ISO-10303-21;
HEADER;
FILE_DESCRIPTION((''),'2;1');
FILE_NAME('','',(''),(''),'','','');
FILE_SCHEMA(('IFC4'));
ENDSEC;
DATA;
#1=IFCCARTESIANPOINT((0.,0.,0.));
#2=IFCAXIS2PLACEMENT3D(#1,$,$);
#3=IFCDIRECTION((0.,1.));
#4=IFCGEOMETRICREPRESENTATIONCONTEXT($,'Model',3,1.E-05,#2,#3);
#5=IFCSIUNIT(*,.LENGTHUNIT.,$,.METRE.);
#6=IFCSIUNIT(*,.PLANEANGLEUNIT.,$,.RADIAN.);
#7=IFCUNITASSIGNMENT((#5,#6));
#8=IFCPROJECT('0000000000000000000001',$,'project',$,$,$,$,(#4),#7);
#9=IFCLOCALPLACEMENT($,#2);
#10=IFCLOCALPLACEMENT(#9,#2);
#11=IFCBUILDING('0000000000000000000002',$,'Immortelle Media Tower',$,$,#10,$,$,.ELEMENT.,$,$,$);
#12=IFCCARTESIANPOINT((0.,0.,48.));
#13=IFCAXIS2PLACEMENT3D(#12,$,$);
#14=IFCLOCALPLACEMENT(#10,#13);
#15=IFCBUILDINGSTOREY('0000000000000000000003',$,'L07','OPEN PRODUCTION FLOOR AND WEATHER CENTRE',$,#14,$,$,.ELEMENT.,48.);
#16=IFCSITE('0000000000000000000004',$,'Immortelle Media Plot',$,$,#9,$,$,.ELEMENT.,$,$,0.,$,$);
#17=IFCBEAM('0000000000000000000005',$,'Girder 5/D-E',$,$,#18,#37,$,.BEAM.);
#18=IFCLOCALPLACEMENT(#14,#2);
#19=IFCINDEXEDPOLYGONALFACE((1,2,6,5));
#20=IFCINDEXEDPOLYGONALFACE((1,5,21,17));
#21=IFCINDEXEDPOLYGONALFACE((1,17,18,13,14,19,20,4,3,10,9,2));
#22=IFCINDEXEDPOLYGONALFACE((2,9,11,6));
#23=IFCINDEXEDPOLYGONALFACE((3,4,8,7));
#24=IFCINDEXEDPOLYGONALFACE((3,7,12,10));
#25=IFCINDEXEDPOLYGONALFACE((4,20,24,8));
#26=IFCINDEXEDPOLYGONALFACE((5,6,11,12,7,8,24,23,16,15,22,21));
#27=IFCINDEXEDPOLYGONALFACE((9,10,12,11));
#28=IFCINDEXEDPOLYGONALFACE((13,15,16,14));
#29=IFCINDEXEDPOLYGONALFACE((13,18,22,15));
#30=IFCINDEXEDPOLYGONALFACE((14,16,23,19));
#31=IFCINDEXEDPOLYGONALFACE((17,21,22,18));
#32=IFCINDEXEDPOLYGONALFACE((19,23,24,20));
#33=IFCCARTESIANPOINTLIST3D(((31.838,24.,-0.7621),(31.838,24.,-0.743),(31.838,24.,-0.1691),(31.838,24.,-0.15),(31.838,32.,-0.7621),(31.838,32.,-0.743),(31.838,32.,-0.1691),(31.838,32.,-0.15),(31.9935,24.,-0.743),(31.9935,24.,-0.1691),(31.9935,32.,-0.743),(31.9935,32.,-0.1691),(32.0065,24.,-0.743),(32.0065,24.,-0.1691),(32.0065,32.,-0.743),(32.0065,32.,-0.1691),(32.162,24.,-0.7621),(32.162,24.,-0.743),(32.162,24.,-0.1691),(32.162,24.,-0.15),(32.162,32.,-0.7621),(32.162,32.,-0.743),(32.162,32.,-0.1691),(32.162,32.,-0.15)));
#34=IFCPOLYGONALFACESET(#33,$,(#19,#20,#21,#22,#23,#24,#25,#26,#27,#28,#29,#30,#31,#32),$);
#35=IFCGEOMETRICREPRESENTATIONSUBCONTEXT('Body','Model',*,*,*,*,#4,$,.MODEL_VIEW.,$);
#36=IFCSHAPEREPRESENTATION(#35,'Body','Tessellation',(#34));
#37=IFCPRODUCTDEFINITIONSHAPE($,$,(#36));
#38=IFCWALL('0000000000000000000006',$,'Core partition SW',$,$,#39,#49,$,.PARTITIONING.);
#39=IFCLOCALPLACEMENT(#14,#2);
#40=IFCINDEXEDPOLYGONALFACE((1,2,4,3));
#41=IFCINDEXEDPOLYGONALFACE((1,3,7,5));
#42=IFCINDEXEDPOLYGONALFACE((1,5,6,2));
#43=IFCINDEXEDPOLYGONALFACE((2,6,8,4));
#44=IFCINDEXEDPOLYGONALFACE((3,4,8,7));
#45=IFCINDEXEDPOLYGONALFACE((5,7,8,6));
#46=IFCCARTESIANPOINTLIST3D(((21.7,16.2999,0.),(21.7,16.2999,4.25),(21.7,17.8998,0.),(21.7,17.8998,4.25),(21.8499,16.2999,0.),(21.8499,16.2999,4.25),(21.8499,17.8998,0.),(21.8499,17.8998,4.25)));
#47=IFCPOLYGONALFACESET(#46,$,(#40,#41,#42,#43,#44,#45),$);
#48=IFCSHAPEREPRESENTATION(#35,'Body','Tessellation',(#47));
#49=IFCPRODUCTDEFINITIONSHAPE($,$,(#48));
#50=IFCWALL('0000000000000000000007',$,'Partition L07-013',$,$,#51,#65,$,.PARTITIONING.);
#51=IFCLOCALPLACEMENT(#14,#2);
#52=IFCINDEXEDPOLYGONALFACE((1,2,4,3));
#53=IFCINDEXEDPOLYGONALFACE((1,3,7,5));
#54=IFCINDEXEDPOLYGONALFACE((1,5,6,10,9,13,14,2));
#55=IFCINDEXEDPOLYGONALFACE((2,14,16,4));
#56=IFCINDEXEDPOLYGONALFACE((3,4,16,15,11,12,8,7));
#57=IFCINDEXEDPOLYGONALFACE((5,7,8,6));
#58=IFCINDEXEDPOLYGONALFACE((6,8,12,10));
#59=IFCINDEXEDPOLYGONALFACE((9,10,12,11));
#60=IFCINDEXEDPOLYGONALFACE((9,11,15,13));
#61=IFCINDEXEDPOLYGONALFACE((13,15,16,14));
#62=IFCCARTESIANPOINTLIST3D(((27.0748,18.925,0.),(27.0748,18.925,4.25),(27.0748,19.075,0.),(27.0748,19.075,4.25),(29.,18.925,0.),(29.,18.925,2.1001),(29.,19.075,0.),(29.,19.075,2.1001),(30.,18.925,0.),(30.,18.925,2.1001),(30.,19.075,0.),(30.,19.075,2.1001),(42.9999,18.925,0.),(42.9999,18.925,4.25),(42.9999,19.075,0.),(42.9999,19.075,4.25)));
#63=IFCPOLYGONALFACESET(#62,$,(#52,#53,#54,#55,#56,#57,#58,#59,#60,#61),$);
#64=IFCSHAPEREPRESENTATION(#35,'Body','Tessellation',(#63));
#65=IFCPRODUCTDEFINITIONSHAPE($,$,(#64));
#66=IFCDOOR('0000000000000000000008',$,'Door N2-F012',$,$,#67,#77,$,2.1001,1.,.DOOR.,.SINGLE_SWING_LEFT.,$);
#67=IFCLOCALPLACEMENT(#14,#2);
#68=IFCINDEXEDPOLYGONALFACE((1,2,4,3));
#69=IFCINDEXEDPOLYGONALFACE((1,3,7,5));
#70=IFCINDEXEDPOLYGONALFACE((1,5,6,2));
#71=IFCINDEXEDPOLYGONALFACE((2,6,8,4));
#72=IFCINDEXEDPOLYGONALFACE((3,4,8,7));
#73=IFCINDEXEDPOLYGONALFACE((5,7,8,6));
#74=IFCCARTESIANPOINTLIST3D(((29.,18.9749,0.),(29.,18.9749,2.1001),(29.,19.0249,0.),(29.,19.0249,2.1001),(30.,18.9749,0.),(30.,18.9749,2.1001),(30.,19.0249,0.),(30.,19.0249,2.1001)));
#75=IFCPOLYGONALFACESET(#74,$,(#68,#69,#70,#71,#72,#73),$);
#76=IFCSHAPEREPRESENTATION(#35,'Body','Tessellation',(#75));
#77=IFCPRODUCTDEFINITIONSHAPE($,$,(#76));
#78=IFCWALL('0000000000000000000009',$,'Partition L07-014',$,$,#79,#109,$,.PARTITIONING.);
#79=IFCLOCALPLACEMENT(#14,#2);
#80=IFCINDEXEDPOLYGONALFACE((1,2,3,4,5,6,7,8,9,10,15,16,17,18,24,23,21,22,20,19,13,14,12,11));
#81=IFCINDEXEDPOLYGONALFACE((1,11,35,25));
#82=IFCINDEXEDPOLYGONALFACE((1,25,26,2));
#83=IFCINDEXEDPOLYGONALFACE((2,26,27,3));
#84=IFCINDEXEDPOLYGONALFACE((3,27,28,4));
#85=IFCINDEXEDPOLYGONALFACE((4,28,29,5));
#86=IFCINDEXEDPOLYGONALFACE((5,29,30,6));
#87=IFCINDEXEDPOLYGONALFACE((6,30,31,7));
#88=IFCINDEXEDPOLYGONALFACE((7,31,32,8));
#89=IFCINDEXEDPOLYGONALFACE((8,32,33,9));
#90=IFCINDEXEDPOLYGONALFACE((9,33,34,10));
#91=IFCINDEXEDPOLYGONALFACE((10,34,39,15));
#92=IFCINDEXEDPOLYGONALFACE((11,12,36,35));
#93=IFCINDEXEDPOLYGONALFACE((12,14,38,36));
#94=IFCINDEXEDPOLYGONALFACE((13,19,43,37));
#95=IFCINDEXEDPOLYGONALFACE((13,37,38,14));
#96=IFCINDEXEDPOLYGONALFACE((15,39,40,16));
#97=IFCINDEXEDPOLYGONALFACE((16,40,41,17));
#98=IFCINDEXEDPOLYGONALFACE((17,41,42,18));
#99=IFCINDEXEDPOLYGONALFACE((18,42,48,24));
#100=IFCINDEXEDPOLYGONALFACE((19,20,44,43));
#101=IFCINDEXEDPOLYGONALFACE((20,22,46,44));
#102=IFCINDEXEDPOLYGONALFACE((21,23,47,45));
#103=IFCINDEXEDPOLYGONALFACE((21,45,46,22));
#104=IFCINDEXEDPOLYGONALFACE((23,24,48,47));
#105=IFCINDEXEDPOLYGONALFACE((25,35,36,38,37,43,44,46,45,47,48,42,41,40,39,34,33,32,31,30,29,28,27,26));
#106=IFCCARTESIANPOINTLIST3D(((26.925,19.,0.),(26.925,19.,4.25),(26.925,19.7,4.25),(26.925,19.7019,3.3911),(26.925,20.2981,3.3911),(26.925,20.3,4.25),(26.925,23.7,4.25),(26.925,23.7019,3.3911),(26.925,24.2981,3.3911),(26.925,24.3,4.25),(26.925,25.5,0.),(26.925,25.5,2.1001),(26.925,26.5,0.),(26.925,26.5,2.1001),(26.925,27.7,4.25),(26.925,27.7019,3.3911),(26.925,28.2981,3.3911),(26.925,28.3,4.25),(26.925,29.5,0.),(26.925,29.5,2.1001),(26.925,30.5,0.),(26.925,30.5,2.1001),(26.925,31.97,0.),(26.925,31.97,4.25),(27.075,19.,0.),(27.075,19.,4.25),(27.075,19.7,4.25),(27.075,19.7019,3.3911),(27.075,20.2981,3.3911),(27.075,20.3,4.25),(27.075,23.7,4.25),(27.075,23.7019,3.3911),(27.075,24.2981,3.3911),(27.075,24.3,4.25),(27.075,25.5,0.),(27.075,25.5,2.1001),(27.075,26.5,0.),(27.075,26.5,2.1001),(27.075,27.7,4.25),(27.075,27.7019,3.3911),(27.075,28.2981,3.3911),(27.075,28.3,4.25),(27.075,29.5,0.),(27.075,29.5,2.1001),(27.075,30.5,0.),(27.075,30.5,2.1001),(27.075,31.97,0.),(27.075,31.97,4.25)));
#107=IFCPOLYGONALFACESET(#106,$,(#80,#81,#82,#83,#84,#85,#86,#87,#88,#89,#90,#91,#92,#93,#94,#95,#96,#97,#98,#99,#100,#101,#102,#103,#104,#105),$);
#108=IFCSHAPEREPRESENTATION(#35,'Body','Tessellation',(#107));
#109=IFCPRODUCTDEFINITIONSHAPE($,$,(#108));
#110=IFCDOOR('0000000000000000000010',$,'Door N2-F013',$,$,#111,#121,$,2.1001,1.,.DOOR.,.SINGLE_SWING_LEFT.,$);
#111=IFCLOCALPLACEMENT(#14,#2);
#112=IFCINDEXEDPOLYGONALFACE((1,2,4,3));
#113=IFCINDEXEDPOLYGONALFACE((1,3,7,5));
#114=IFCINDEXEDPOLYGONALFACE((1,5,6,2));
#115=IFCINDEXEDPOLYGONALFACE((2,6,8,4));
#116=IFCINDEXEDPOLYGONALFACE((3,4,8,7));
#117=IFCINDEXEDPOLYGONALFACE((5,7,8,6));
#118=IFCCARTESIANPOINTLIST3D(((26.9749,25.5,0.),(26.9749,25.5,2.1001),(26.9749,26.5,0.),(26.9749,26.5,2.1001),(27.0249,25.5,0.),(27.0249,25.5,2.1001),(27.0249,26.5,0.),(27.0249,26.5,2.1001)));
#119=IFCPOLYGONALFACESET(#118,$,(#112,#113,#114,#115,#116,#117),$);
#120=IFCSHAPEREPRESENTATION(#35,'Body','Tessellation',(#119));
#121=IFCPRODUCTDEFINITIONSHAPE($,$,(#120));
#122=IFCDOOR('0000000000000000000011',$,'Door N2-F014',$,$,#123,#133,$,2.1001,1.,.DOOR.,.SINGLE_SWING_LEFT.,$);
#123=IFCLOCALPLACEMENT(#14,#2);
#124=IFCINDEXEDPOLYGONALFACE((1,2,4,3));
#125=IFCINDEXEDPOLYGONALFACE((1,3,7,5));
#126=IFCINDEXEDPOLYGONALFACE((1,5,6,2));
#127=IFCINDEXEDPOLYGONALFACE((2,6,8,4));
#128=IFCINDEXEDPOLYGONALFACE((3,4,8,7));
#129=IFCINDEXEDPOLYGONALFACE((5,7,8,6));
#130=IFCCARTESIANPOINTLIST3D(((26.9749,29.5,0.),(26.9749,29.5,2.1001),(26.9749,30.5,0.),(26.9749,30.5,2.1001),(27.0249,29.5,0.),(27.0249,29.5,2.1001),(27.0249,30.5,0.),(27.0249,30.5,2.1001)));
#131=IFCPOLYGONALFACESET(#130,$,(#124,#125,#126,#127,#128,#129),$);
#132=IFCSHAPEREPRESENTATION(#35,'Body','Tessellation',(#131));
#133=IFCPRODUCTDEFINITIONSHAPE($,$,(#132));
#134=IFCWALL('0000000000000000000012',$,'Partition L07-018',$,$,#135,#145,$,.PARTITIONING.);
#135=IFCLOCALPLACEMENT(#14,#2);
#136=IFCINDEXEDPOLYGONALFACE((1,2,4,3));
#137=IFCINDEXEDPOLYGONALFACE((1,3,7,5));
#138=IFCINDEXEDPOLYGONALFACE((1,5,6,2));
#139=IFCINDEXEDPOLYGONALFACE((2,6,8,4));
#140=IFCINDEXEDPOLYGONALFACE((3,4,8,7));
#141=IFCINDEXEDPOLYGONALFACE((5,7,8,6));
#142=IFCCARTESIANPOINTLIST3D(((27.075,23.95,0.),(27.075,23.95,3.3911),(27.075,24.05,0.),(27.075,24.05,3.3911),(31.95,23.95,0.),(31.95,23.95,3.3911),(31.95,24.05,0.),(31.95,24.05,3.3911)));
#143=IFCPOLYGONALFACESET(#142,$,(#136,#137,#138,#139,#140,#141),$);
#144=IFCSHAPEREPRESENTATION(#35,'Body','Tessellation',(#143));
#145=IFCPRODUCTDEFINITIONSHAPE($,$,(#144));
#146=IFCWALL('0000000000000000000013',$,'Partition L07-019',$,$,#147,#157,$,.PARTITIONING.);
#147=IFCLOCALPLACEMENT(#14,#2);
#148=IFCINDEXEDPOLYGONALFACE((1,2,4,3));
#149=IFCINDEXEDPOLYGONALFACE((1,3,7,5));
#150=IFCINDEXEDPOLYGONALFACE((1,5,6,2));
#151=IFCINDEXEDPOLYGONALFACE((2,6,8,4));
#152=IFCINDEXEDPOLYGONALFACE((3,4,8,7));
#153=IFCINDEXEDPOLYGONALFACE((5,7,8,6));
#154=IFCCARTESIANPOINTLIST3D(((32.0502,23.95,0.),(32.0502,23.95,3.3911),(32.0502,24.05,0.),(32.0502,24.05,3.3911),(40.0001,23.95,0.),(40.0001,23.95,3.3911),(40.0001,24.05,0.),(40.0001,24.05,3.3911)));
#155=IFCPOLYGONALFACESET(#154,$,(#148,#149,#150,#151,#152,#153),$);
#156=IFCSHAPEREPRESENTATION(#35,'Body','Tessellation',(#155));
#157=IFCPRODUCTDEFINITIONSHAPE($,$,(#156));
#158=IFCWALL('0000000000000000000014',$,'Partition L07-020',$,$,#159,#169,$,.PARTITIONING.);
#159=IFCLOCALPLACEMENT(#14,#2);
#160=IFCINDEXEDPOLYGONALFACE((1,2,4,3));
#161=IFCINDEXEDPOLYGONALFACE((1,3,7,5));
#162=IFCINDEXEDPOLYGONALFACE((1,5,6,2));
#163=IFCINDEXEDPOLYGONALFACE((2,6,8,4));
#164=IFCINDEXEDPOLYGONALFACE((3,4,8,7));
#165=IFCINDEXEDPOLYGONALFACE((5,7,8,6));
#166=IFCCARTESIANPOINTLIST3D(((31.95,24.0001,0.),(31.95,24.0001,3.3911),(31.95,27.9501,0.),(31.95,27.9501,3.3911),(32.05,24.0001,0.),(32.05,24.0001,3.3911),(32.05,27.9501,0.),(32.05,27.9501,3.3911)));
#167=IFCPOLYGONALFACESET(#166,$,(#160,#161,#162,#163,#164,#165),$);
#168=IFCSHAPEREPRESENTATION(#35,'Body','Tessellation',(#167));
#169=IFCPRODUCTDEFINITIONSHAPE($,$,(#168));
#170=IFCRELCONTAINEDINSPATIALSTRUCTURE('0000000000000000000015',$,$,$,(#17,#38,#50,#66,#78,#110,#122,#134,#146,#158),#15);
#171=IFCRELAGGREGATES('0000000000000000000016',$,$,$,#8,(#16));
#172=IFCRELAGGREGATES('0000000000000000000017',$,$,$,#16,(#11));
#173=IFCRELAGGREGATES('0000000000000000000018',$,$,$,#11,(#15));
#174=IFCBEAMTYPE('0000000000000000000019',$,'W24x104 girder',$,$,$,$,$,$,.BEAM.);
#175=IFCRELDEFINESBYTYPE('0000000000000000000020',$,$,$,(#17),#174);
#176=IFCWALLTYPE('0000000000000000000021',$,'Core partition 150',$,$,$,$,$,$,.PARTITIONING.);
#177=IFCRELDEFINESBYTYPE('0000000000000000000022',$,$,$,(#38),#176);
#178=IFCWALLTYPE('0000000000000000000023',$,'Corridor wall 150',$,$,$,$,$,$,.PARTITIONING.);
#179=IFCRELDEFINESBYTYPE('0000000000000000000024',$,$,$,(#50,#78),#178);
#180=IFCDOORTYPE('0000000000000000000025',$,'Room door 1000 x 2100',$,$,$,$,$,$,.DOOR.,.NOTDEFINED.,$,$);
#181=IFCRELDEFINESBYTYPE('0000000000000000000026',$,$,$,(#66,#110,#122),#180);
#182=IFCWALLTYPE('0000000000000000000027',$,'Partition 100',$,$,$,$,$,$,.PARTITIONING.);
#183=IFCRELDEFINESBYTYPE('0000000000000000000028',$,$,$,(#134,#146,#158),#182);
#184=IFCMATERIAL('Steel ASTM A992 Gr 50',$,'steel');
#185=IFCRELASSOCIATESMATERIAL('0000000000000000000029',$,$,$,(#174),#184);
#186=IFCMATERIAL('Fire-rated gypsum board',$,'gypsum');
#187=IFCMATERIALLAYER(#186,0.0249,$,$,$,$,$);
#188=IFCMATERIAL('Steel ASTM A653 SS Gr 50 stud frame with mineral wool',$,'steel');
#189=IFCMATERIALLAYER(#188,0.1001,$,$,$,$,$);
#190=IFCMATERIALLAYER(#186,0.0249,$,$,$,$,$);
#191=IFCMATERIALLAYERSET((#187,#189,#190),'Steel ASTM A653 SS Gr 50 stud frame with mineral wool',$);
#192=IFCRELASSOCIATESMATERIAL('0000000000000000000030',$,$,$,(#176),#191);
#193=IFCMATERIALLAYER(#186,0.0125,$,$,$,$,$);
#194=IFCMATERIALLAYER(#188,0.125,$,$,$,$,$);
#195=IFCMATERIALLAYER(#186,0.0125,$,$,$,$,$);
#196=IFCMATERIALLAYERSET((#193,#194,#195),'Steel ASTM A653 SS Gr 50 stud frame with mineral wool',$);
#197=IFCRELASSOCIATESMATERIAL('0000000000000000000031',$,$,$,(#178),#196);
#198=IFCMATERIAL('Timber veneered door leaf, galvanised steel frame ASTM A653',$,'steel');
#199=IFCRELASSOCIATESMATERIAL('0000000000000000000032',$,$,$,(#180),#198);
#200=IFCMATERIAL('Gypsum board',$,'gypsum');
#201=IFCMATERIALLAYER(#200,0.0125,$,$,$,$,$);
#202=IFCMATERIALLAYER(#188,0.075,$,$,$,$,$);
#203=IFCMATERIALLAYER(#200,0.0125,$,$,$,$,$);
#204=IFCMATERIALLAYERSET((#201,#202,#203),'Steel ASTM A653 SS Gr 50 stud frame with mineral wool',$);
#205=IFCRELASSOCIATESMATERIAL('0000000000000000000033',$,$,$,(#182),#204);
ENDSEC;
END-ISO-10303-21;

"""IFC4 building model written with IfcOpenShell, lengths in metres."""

from ifc_helpers import new_model, si_unit, direction, frame, frame_2d, origin, origin_2d, place, context, subcontext, project, spatial, polyline, rectangle, i_section, outline, extrude, material, layer, layer_set, material_profile, profile_set, type_object, element, fill, save


model = new_model("IFC4")

# Units and contexts
model_context = context("Model", 3, precision=1e-05, world=origin(), true_north=direction((0.0, 1.0)))
body_context = subcontext(model_context, "Body", "Model", "MODEL_VIEW")
ifc_project = project(units=[si_unit("LENGTHUNIT", "METRE"), si_unit("PLANEANGLEUNIT", "RADIAN")], contexts=[model_context])

# Site, building, storey
site_placement = place(None, origin())
site = spatial("IfcSite", under=ifc_project, at=site_placement, Name="Immortelle Media Plot", CompositionType="ELEMENT", RefElevation=0.0)
building_placement = place(site_placement, origin())
building = spatial("IfcBuilding", under=site, at=building_placement, Name="Immortelle Media Tower", CompositionType="ELEMENT")
storey_placement = place(building_placement, frame((0.0, 0.0, 48.0)))
storey = spatial("IfcBuildingStorey", under=building, at=storey_placement, Name="L07", Description="OPEN PRODUCTION FLOOR AND WEATHER CENTRE", CompositionType="ELEMENT", Elevation=48.0)

# Shared definitions
ifc_material_1 = material(Name="Steel ASTM A992 Gr 50", Category="steel")

# Beam
ifc_material_profile_1 = material_profile(ifc_material_1, i_section(OverallWidth=0.324, OverallDepth=0.6121, WebThickness=0.0129, FlangeThickness=0.019, at=origin_2d()), Name="W24x104")
ifc_profile_set_1 = profile_set([ifc_material_profile_1], Name="Steel ASTM A992 Gr 50")
beam_type_1 = type_object("IfcBeamType", Name="W24x104 girder", PredefinedType="BEAM", material=ifc_profile_set_1)
for number, where, z_axis, x_axis, name in (
    (1, (32.0, 24.0, -0.4561), (0.0, 1.0, 0.0), (-1.0, 0.0, 0.0), "Girder 5/D-E"),
):
    element("IfcBeam", number, at=place(storey_placement, frame(where, z_axis=z_axis, x_axis=x_axis)), inside=storey, type_object=beam_type_1, Name=name, PredefinedType="BEAM", context=body_context, shape_type="SweptSolid", body=[
        extrude(i_section(OverallWidth=0.324, OverallDepth=0.6121, WebThickness=0.0129, FlangeThickness=0.019, at=origin_2d()), origin(), (0.0, 0.0, 1.0), 8.0),
    ])

# Wall
ifc_material_2 = material(Name="Fire-rated gypsum board", Category="gypsum")
ifc_layer_1 = layer(ifc_material_2, 0.0249)
ifc_material_3 = material(Name="Steel ASTM A653 SS Gr 50 stud frame with mineral wool", Category="steel")
ifc_layer_2 = layer(ifc_material_3, 0.1001)
ifc_layer_3 = layer(ifc_material_2, 0.0249)
ifc_layer_set_1 = layer_set([ifc_layer_1, ifc_layer_2, ifc_layer_3], Name="Steel ASTM A653 SS Gr 50 stud frame with mineral wool")
wall_type_1 = type_object("IfcWallType", Name="Core partition 150", PredefinedType="PARTITIONING", material=ifc_layer_set_1)
wall_1_placement = place(storey_placement, frame((21.7749, 16.3, 0.0), z_axis=(0.0, 0.0, 1.0), x_axis=(0.0, 1.0, 0.0)))
element("IfcWall", 2, at=wall_1_placement, inside=storey, type_object=wall_type_1, Name="Core partition SW", PredefinedType="PARTITIONING", context=body_context, shape_type="SweptSolid", body=[
    extrude(rectangle(XDim=1.5999, YDim=0.1499, at=frame_2d((0.7998, 0.0))), origin(), (0.0, 0.0, 1.0), 4.25),
])

# Wall, opening, door
ifc_layer_4 = layer(ifc_material_2, 0.0125)
ifc_layer_5 = layer(ifc_material_3, 0.125)
ifc_layer_6 = layer(ifc_material_2, 0.0125)
ifc_layer_set_2 = layer_set([ifc_layer_4, ifc_layer_5, ifc_layer_6], Name="Steel ASTM A653 SS Gr 50 stud frame with mineral wool")
wall_type_2 = type_object("IfcWallType", Name="Corridor wall 150", PredefinedType="PARTITIONING", material=ifc_layer_set_2)
wall_2_placement = place(storey_placement, frame((27.075, 19.0, 0.0), z_axis=(0.0, 0.0, 1.0), x_axis=(1.0, 0.0, 0.0)))
wall_2 = element("IfcWall", 3, at=wall_2_placement, inside=storey, type_object=wall_type_2, Name="Partition L07-013", PredefinedType="PARTITIONING", context=body_context, shape_type="SweptSolid", body=[
    extrude(rectangle(XDim=15.925, YDim=0.1499, at=frame_2d((7.9624, 0.0))), origin(), (0.0, 0.0, 1.0), 4.25),
])
opening_1_placement = place(wall_2_placement, frame((1.925, 0.0, 0.0)))
opening_1 = element("IfcOpeningElement", 4, at=opening_1_placement, cuts=wall_2, PredefinedType="OPENING", context=body_context, shape_type="SweptSolid", body=[
    extrude(rectangle(XDim=1.0, YDim=2.1001, at=frame_2d((0.5, 1.05))), frame((0.0, 0.085, 0.0), z_axis=(0.0, -1.0, 0.0), x_axis=(1.0, 0.0, 0.0)), (0.0, 0.0, 1.0), 0.1699),
])
ifc_material_4 = material(Name="Timber veneered door leaf, galvanised steel frame ASTM A653", Category="steel")
door_type = type_object("IfcDoorType", Name="Room door 1000 x 2100", OperationType="NOTDEFINED", PredefinedType="DOOR", material=ifc_material_4)
door_1_placement = place(opening_1_placement, origin())
door_1 = element("IfcDoor", 5, at=door_1_placement, inside=storey, type_object=door_type, Name="Door N2-F012", OperationType="SINGLE_SWING_LEFT", OverallHeight=2.1001, OverallWidth=1.0, PredefinedType="DOOR", context=body_context, shape_type="SweptSolid", body=[
    extrude(rectangle(XDim=1.0, YDim=2.1001, at=frame_2d((0.5, 1.05))), frame((0.0, 0.0249, 0.0), z_axis=(0.0, -1.0, 0.0), x_axis=(1.0, 0.0, 0.0)), (0.0, 0.0, 1.0), 0.05),
])
fill(opening_1, door_1)

# Wall, openings, doors
wall_3_placement = place(storey_placement, frame((27.0, 19.0, 0.0), z_axis=(0.0, 0.0, 1.0), x_axis=(0.0, 1.0, 0.0)))
wall_3 = element("IfcWall", 6, at=wall_3_placement, inside=storey, type_object=wall_type_2, Name="Partition L07-014", PredefinedType="PARTITIONING", context=body_context, shape_type="SweptSolid", body=[
    extrude(outline(polyline([(0.0, 0.0), (12.97, 0.0), (12.97, 4.25), (9.3, 4.25), (9.2981, 3.3911), (8.7019, 3.3911), (8.7, 4.25), (5.3, 4.25), (5.2981, 3.3911), (4.7019, 3.3911), (4.7, 4.25), (1.3, 4.25), (1.2981, 3.3911), (0.7019, 3.3911), (0.7, 4.25), (0.0, 4.25), (0.0, 0.0)])), frame((0.0, 0.075, 0.0), z_axis=(0.0, -1.0, 0.0), x_axis=(1.0, 0.0, 0.0)), (0.0, 0.0, 1.0), 0.1499),
])
opening_2_placement = place(wall_3_placement, frame((7.5, 0.0, 0.0), z_axis=(0.0, 0.0, 1.0), x_axis=(-1.0, 0.0, 0.0)))
opening_2 = element("IfcOpeningElement", 7, at=opening_2_placement, cuts=wall_3, PredefinedType="OPENING", context=body_context, shape_type="SweptSolid", body=[
    extrude(rectangle(XDim=1.0, YDim=2.1001, at=frame_2d((0.5, 1.05))), frame((0.0, 0.085, 0.0), z_axis=(0.0, -1.0, 0.0), x_axis=(1.0, 0.0, 0.0)), (0.0, 0.0, 1.0), 0.1699),
])
opening_3_placement = place(wall_3_placement, frame((11.5, 0.0, 0.0), z_axis=(0.0, 0.0, 1.0), x_axis=(-1.0, 0.0, 0.0)))
opening_3 = element("IfcOpeningElement", 8, at=opening_3_placement, cuts=wall_3, PredefinedType="OPENING", context=body_context, shape_type="SweptSolid", body=[
    extrude(rectangle(XDim=1.0, YDim=2.1001, at=frame_2d((0.5, 1.05))), frame((0.0, 0.085, 0.0), z_axis=(0.0, -1.0, 0.0), x_axis=(1.0, 0.0, 0.0)), (0.0, 0.0, 1.0), 0.1699),
])
door_2_placement = place(opening_2_placement, origin())
door_2 = element("IfcDoor", 9, at=door_2_placement, inside=storey, type_object=door_type, Name="Door N2-F013", OperationType="SINGLE_SWING_LEFT", OverallHeight=2.1001, OverallWidth=1.0, PredefinedType="DOOR", context=body_context, shape_type="SweptSolid", body=[
    extrude(rectangle(XDim=1.0, YDim=2.1001, at=frame_2d((0.5, 1.05))), frame((0.0, 0.0249, 0.0), z_axis=(0.0, -1.0, 0.0), x_axis=(1.0, 0.0, 0.0)), (0.0, 0.0, 1.0), 0.05),
])
fill(opening_2, door_2)
door_3_placement = place(opening_3_placement, origin())
door_3 = element("IfcDoor", 10, at=door_3_placement, inside=storey, type_object=door_type, Name="Door N2-F014", OperationType="SINGLE_SWING_LEFT", OverallHeight=2.1001, OverallWidth=1.0, PredefinedType="DOOR", context=body_context, shape_type="SweptSolid", body=[
    extrude(rectangle(XDim=1.0, YDim=2.1001, at=frame_2d((0.5, 1.05))), frame((0.0, 0.0249, 0.0), z_axis=(0.0, -1.0, 0.0), x_axis=(1.0, 0.0, 0.0)), (0.0, 0.0, 1.0), 0.05),
])
fill(opening_3, door_3)

# Walls
ifc_material_5 = material(Name="Gypsum board", Category="gypsum")
ifc_layer_7 = layer(ifc_material_5, 0.0125)
ifc_layer_8 = layer(ifc_material_3, 0.075)
ifc_layer_9 = layer(ifc_material_5, 0.0125)
ifc_layer_set_3 = layer_set([ifc_layer_7, ifc_layer_8, ifc_layer_9], Name="Steel ASTM A653 SS Gr 50 stud frame with mineral wool")
wall_type_3 = type_object("IfcWallType", Name="Partition 100", PredefinedType="PARTITIONING", material=ifc_layer_set_3)
wall_4_placement = place(storey_placement, frame((27.075, 24.0, 0.0), z_axis=(0.0, 0.0, 1.0), x_axis=(1.0, 0.0, 0.0)))
element("IfcWall", 11, at=wall_4_placement, inside=storey, type_object=wall_type_3, Name="Partition L07-018", PredefinedType="PARTITIONING", context=body_context, shape_type="SweptSolid", body=[
    extrude(rectangle(XDim=4.875, YDim=0.1001, at=frame_2d((2.4375, 0.0))), origin(), (0.0, 0.0, 1.0), 3.3911),
])
wall_5_placement = place(storey_placement, frame((32.05, 24.0, 0.0), z_axis=(0.0, 0.0, 1.0), x_axis=(1.0, 0.0, 0.0)))
element("IfcWall", 12, at=wall_5_placement, inside=storey, type_object=wall_type_3, Name="Partition L07-019", PredefinedType="PARTITIONING", context=body_context, shape_type="SweptSolid", body=[
    extrude(rectangle(XDim=7.95, YDim=0.1001, at=frame_2d((3.9751, 0.0))), origin(), (0.0, 0.0, 1.0), 3.3911),
])
wall_6_placement = place(storey_placement, frame((32.0, 24.0, 0.0), z_axis=(0.0, 0.0, 1.0), x_axis=(0.0, 1.0, 0.0)))
element("IfcWall", 13, at=wall_6_placement, inside=storey, type_object=wall_type_3, Name="Partition L07-020", PredefinedType="PARTITIONING", context=body_context, shape_type="SweptSolid", body=[
    extrude(rectangle(XDim=3.95, YDim=0.1001, at=frame_2d((1.9751, 0.0))), origin(), (0.0, 0.0, 1.0), 3.3911),
])

save(model, "model.ifc")
